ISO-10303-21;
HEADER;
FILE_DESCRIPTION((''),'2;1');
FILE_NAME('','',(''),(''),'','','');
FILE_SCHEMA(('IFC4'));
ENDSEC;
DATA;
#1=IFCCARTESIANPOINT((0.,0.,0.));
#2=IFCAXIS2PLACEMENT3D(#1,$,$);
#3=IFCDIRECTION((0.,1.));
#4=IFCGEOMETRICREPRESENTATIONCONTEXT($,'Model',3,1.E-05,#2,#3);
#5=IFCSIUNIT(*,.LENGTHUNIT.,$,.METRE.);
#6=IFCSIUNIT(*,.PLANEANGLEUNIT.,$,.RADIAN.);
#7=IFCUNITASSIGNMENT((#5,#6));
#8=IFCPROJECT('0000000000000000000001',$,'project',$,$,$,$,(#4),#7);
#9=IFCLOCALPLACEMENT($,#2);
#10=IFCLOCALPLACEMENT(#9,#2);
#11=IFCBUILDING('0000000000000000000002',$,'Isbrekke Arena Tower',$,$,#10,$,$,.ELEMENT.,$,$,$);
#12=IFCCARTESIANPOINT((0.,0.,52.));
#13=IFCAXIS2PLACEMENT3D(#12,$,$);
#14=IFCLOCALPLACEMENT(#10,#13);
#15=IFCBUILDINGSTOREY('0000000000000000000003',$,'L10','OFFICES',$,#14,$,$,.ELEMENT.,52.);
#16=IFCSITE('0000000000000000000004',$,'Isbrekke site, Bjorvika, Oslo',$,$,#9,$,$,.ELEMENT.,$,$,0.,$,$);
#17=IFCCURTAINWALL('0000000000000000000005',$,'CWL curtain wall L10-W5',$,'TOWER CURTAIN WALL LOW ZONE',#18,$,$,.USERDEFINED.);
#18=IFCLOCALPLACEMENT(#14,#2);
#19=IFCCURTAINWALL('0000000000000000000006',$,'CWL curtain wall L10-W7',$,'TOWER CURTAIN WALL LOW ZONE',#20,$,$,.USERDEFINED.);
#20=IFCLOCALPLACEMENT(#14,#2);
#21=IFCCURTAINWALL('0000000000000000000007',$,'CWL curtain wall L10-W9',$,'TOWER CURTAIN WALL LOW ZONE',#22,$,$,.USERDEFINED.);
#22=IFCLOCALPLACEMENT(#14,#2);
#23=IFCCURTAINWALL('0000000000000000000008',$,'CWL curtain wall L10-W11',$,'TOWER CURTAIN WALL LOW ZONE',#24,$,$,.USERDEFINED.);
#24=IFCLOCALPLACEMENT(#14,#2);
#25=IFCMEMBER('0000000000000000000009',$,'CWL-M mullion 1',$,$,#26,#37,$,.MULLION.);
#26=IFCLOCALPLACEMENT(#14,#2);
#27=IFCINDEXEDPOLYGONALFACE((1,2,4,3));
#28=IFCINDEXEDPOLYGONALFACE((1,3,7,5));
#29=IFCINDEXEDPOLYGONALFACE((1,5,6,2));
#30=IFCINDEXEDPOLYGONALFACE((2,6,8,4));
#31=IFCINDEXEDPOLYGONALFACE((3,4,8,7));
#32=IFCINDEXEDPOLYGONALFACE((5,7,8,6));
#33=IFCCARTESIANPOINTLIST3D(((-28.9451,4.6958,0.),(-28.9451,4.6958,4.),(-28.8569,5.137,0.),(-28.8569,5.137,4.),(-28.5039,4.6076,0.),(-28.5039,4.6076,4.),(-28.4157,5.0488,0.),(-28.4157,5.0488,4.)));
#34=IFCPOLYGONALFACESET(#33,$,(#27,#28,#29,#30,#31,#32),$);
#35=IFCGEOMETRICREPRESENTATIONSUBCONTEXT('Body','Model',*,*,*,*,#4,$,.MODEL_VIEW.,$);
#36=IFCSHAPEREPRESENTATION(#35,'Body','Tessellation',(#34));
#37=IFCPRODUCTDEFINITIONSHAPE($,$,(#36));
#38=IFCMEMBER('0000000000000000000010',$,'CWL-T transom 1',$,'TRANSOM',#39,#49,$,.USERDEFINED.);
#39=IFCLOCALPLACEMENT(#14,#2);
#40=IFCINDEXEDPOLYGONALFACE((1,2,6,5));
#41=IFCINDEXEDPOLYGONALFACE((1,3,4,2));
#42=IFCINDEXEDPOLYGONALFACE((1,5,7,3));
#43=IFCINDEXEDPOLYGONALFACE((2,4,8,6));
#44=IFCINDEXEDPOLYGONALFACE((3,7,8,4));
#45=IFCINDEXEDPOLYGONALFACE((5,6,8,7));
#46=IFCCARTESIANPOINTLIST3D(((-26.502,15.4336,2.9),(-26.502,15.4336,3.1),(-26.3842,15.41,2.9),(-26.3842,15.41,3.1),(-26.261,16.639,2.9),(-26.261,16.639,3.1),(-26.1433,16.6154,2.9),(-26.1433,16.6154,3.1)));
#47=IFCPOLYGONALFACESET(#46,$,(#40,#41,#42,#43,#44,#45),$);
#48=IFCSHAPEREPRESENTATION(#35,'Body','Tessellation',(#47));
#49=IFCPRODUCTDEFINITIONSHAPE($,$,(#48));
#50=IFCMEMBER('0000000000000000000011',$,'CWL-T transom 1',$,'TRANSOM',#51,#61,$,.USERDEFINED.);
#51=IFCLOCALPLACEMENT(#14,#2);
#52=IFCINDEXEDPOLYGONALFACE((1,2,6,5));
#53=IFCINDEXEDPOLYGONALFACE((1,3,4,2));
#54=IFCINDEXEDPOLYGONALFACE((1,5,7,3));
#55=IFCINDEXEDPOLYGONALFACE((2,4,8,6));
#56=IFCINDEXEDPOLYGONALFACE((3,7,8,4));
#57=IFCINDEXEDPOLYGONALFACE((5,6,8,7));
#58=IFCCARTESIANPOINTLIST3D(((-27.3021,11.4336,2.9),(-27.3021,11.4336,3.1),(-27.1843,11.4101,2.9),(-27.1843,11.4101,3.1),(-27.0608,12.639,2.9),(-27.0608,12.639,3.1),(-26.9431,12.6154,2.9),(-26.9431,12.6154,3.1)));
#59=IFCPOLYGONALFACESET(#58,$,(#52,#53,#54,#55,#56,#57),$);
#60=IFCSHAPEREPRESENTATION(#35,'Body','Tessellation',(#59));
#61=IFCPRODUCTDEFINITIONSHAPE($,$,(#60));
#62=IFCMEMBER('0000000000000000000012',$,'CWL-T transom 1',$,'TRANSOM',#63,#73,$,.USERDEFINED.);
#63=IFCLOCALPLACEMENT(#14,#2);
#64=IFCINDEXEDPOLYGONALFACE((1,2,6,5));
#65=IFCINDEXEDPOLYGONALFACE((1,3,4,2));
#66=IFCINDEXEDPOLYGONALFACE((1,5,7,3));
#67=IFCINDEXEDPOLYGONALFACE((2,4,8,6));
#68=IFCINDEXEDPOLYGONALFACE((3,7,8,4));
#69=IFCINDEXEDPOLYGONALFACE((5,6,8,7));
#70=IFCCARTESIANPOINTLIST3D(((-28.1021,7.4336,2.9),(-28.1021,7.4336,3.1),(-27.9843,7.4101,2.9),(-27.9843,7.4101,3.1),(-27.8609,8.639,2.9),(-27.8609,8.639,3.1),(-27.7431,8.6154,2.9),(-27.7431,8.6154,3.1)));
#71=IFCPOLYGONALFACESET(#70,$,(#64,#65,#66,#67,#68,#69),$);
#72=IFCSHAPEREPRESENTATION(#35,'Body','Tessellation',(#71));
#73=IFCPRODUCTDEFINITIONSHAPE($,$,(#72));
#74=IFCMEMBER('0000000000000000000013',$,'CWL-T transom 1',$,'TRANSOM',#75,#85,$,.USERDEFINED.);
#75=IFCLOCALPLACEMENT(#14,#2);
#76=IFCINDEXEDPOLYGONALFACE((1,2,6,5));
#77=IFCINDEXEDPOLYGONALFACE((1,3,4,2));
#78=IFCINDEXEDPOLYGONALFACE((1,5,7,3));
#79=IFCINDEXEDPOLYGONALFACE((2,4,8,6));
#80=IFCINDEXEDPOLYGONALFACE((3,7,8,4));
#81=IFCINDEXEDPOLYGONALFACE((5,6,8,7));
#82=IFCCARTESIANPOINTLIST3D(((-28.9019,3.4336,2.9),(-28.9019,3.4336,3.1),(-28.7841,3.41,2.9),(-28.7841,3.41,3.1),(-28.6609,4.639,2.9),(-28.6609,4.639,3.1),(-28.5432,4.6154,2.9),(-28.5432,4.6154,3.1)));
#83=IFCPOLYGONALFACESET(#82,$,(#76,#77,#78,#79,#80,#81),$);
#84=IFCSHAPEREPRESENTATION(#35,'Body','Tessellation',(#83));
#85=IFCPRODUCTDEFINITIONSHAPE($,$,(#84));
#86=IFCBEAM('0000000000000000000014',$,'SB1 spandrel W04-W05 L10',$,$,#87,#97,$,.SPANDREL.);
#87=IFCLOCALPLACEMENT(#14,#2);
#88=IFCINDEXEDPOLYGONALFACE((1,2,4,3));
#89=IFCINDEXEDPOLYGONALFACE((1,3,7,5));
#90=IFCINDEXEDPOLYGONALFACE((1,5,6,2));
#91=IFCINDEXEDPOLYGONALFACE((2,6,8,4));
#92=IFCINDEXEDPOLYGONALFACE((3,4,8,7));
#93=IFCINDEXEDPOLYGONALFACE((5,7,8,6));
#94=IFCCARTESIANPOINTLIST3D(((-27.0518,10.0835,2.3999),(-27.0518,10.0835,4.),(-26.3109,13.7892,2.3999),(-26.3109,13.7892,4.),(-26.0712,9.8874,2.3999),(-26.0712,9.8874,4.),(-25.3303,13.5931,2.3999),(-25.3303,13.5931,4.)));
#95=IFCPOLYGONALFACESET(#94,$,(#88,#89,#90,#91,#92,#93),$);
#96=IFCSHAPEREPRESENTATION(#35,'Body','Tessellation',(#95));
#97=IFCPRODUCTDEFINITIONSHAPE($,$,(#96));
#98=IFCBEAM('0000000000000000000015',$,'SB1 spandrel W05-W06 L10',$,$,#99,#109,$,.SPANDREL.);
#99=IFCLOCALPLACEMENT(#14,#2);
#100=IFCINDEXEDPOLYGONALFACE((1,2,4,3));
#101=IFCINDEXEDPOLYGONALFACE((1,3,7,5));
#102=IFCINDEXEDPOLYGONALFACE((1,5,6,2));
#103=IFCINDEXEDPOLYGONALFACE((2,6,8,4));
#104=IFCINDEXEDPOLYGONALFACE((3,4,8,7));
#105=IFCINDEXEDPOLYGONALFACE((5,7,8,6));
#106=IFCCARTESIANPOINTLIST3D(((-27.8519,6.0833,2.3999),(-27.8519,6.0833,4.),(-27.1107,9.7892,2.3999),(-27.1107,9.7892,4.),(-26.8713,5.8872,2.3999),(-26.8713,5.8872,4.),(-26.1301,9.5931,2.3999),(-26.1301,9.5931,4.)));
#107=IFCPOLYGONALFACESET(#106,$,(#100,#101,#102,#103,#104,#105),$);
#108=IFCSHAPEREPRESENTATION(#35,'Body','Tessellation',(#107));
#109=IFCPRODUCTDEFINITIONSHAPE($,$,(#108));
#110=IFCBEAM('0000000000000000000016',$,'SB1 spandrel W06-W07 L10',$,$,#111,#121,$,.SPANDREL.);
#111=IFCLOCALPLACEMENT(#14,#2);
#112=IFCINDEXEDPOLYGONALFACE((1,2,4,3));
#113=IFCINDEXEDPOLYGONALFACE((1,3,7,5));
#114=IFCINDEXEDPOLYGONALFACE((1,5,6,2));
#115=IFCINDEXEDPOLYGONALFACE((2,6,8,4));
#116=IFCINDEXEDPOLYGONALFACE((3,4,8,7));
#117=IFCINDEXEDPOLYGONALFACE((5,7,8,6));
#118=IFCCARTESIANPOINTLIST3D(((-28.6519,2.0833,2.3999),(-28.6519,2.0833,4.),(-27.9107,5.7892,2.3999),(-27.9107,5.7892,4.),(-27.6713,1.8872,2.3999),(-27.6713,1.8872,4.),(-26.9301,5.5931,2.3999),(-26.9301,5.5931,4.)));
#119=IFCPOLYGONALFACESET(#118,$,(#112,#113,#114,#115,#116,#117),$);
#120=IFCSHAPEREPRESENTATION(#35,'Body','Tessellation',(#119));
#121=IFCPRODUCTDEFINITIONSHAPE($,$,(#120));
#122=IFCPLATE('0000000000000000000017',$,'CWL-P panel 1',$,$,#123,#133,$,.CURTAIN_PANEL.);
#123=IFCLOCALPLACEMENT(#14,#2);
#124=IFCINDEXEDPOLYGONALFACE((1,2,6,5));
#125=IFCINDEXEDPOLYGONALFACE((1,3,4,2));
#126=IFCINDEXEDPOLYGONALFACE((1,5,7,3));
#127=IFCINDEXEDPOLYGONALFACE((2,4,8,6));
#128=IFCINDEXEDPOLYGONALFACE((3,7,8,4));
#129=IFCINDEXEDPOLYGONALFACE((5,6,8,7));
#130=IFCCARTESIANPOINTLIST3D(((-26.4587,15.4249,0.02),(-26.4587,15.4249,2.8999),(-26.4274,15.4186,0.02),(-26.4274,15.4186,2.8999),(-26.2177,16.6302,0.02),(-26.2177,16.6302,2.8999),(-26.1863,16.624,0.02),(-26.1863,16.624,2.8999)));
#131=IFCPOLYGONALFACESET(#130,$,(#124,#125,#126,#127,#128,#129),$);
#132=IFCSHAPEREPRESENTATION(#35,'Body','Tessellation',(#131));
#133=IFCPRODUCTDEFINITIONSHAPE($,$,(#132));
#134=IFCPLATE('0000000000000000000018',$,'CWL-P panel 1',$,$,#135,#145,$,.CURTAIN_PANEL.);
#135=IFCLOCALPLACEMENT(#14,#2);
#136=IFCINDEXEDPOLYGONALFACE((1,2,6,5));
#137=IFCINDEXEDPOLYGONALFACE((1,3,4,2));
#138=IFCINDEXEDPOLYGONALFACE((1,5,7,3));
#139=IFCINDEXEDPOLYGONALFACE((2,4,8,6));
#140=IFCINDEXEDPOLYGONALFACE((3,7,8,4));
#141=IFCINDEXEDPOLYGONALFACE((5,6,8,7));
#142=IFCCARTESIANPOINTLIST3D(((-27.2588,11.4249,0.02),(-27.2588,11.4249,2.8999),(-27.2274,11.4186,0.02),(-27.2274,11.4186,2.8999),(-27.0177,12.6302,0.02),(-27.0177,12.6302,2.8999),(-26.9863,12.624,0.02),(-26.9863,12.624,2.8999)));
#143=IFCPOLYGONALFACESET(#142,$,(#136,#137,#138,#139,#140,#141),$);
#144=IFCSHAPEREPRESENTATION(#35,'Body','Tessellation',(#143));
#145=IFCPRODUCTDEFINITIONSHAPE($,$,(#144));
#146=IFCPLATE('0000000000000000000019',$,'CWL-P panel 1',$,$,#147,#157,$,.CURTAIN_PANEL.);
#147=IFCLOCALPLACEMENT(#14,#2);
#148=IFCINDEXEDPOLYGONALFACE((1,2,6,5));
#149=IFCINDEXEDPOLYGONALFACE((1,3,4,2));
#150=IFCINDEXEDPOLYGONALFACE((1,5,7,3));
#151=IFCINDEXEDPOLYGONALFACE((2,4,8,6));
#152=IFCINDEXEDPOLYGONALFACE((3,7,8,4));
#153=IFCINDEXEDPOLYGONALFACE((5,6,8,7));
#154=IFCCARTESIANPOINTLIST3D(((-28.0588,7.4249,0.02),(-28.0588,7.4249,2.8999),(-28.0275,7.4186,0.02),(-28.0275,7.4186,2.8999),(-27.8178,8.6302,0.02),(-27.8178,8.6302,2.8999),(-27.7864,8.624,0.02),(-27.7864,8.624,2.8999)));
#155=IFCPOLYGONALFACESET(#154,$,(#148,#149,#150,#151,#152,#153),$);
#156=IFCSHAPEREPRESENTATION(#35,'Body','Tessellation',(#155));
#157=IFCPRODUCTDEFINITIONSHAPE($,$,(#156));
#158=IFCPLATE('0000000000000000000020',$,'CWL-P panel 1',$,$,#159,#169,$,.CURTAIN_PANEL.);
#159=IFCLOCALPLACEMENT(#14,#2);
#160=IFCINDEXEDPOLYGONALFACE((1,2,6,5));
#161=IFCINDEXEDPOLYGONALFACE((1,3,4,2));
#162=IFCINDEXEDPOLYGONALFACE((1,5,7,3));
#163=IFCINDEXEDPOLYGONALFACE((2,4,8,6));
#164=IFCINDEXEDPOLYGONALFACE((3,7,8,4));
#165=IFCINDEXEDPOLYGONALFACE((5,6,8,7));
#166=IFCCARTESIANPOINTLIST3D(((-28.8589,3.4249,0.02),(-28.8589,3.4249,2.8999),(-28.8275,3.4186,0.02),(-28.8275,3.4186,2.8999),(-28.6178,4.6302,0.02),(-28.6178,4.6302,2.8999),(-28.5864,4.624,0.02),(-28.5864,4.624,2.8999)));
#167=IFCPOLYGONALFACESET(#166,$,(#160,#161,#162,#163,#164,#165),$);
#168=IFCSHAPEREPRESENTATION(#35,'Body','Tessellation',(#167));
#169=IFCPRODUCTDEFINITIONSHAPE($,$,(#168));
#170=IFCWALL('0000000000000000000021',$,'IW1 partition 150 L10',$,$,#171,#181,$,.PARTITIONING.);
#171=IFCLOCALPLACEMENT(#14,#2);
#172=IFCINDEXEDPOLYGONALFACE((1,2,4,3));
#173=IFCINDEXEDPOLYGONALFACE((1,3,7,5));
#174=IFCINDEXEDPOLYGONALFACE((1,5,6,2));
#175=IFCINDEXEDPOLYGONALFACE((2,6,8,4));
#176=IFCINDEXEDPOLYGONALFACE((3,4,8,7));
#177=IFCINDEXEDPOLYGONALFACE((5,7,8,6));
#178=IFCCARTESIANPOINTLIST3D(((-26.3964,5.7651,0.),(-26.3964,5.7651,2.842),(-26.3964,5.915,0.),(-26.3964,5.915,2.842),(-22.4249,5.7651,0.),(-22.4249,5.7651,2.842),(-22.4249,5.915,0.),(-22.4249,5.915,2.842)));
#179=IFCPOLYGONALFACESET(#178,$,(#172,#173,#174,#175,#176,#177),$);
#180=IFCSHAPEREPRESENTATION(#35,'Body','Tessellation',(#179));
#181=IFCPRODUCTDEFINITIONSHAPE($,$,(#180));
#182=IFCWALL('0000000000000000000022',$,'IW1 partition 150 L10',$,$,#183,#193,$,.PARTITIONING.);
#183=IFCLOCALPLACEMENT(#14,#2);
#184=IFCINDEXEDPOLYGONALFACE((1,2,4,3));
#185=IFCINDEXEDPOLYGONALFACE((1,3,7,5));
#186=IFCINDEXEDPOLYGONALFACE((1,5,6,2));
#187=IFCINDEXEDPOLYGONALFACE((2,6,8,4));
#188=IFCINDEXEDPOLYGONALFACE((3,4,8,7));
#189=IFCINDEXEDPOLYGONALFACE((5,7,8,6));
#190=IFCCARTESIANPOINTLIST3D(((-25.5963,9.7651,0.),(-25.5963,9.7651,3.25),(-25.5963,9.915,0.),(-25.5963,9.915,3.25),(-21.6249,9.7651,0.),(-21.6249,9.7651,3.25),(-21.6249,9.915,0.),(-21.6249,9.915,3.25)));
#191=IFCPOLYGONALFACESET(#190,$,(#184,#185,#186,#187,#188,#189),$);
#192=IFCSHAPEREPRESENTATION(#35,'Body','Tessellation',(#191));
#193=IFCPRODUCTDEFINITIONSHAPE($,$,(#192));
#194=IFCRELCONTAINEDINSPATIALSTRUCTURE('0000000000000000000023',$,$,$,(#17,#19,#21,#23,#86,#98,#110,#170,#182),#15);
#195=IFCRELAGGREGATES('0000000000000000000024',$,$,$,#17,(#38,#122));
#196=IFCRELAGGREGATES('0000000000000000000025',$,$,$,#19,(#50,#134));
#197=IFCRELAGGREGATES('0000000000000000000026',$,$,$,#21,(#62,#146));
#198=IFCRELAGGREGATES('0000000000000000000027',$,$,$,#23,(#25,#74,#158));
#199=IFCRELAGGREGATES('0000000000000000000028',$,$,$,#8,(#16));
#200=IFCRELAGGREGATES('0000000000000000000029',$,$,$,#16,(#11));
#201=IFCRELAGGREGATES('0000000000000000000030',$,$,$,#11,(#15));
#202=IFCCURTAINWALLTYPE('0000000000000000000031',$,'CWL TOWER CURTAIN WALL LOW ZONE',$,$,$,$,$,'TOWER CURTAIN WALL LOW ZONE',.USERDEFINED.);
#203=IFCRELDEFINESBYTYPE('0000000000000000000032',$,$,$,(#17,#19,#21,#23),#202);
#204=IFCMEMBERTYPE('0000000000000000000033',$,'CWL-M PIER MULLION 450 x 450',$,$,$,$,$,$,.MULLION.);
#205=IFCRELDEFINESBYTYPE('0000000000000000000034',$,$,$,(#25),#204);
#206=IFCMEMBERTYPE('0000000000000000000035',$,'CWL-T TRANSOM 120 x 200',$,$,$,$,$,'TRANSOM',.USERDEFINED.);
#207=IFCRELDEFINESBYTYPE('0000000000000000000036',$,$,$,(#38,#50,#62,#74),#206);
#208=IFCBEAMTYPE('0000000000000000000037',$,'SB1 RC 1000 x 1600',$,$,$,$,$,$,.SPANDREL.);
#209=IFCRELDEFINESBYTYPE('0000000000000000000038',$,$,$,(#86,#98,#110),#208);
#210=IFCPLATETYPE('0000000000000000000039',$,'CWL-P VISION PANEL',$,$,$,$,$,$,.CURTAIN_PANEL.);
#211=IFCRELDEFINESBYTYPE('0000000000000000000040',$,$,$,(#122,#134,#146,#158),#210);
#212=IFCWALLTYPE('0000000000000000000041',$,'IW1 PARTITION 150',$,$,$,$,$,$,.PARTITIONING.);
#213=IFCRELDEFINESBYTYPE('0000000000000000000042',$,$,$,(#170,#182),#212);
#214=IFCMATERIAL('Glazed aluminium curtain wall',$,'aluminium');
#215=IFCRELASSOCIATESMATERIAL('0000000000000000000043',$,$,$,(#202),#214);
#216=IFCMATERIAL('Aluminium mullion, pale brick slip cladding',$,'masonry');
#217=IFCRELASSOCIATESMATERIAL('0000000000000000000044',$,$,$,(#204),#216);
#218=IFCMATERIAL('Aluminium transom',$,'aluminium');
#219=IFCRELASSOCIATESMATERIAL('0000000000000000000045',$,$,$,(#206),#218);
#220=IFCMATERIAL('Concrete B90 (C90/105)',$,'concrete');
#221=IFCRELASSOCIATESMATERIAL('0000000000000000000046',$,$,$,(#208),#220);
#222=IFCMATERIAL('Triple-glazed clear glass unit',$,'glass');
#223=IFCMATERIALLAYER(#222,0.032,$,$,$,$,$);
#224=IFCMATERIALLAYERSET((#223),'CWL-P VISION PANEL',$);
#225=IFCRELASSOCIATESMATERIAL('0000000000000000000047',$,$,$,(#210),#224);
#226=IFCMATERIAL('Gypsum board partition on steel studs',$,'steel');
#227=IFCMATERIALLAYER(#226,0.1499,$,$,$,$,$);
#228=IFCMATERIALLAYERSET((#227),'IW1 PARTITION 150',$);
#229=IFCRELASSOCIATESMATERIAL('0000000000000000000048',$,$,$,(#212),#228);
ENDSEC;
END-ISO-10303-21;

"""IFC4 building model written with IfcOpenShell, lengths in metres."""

from ifc_helpers import new_model, si_unit, direction, frame, frame_2d, origin, origin_2d, place, context, subcontext, project, spatial, rectangle, extrude, material, layer, layer_set, material_profile, profile_set, type_object, element, aggregate, save


model = new_model("IFC4")

# Units and contexts
model_context = context("Model", 3, precision=1e-05, world=origin(), true_north=direction((0.0, 1.0)))
body_context = subcontext(model_context, "Body", "Model", "MODEL_VIEW")
ifc_project = project(units=[si_unit("LENGTHUNIT", "METRE"), si_unit("PLANEANGLEUNIT", "RADIAN")], contexts=[model_context])

# Site, building, storey
site_placement = place(None, origin())
site = spatial("IfcSite", under=ifc_project, at=site_placement, Name="Isbrekke site, Bjorvika, Oslo", CompositionType="ELEMENT", RefElevation=0.0)
building_placement = place(site_placement, origin())
building = spatial("IfcBuilding", under=site, at=building_placement, Name="Isbrekke Arena Tower", CompositionType="ELEMENT")
storey_placement = place(building_placement, frame((0.0, 0.0, 52.0)))
storey = spatial("IfcBuildingStorey", under=building, at=storey_placement, Name="L10", Description="OFFICES", CompositionType="ELEMENT", Elevation=52.0)

# Curtain wall
ifc_material_1 = material(Name="Glazed aluminium curtain wall", Category="aluminium")
curtain_wall_type = type_object("IfcCurtainWallType", Name="CWL TOWER CURTAIN WALL LOW ZONE", ElementType="TOWER CURTAIN WALL LOW ZONE", PredefinedType="USERDEFINED", material=ifc_material_1)
curtain_wall_1_placement = place(storey_placement, origin())
curtain_wall_1 = element("IfcCurtainWall", 1, at=curtain_wall_1_placement, inside=storey, type_object=curtain_wall_type, Name="CWL curtain wall L10-W5", ObjectType="TOWER CURTAIN WALL LOW ZONE", PredefinedType="USERDEFINED")
ifc_material_2 = material(Name="Aluminium mullion, pale brick slip cladding", Category="masonry")
ifc_material_profile_1 = material_profile(ifc_material_2, rectangle(XDim=0.45, YDim=0.45, at=origin_2d()), Name="PIER 450X450")
ifc_profile_set_1 = profile_set([ifc_material_profile_1], Name="Aluminium mullion, pale brick slip cladding")
member_type_1 = type_object("IfcMemberType", Name="CWL-M PIER MULLION 450 x 450", PredefinedType="MULLION", material=ifc_profile_set_1)

# Curtain walls
curtain_wall_2_placement = place(storey_placement, origin())
curtain_wall_2 = element("IfcCurtainWall", 2, at=curtain_wall_2_placement, inside=storey, type_object=curtain_wall_type, Name="CWL curtain wall L10-W7", ObjectType="TOWER CURTAIN WALL LOW ZONE", PredefinedType="USERDEFINED")
curtain_wall_3_placement = place(storey_placement, origin())
curtain_wall_3 = element("IfcCurtainWall", 3, at=curtain_wall_3_placement, inside=storey, type_object=curtain_wall_type, Name="CWL curtain wall L10-W9", ObjectType="TOWER CURTAIN WALL LOW ZONE", PredefinedType="USERDEFINED")

# Curtain wall, member
curtain_wall_4_placement = place(storey_placement, origin())
curtain_wall_4 = element("IfcCurtainWall", 4, at=curtain_wall_4_placement, inside=storey, type_object=curtain_wall_type, Name="CWL curtain wall L10-W11", ObjectType="TOWER CURTAIN WALL LOW ZONE", PredefinedType="USERDEFINED")
member_1_placement = place(storey_placement, frame((-28.6804, 4.8723, 0.0), z_axis=(0.0, 0.0, 1.0), x_axis=(-0.196116, -0.980581, 0.0)))
member_1 = element("IfcMember", 5, at=member_1_placement, type_object=member_type_1, Name="CWL-M mullion 1", PredefinedType="MULLION", context=body_context, shape_type="SweptSolid", body=[
    extrude(rectangle(XDim=0.45, YDim=0.45, at=origin_2d()), origin(), (0.0, 0.0, 1.0), 4.0),
])

# Members
ifc_material_3 = material(Name="Aluminium transom", Category="aluminium")
ifc_material_profile_2 = material_profile(ifc_material_3, rectangle(XDim=0.1201, YDim=0.2, at=origin_2d()), Name="TRANSOM 120X200")
ifc_profile_set_2 = profile_set([ifc_material_profile_2], Name="Aluminium transom")
member_type_2 = type_object("IfcMemberType", Name="CWL-T TRANSOM 120 x 200", ElementType="TRANSOM", PredefinedType="USERDEFINED", material=ifc_profile_set_2)
member_2_placement = place(storey_placement, frame((-26.2021, 16.6272, 3.0), z_axis=(-0.19604, -0.980596, 0.0), x_axis=(0.980596, -0.19604, 0.0)))
member_2 = element("IfcMember", 6, at=member_2_placement, type_object=member_type_2, Name="CWL-T transom 1", ObjectType="TRANSOM", PredefinedType="USERDEFINED", context=body_context, shape_type="SweptSolid", body=[
    extrude(rectangle(XDim=0.1201, YDim=0.2, at=origin_2d()), origin(), (0.0, 0.0, 1.0), 1.2292),
])
member_3_placement = place(storey_placement, frame((-27.002, 12.6272, 3.0), z_axis=(-0.196231, -0.980558, 0.0), x_axis=(0.980558, -0.196231, 0.0)))
member_3 = element("IfcMember", 7, at=member_3_placement, type_object=member_type_2, Name="CWL-T transom 1", ObjectType="TRANSOM", PredefinedType="USERDEFINED", context=body_context, shape_type="SweptSolid", body=[
    extrude(rectangle(XDim=0.1201, YDim=0.2, at=origin_2d()), origin(), (0.0, 0.0, 1.0), 1.2292),
])
member_4_placement = place(storey_placement, frame((-27.802, 8.6272, 3.0), z_axis=(-0.196231, -0.980558, 0.0), x_axis=(0.980558, -0.196231, 0.0)))
member_4 = element("IfcMember", 8, at=member_4_placement, type_object=member_type_2, Name="CWL-T transom 1", ObjectType="TRANSOM", PredefinedType="USERDEFINED", context=body_context, shape_type="SweptSolid", body=[
    extrude(rectangle(XDim=0.1201, YDim=0.2, at=origin_2d()), origin(), (0.0, 0.0, 1.0), 1.2292),
])
member_5_placement = place(storey_placement, frame((-28.6021, 4.6272, 3.0), z_axis=(-0.19604, -0.980596, 0.0), x_axis=(0.980596, -0.19604, 0.0)))
member_5 = element("IfcMember", 9, at=member_5_placement, type_object=member_type_2, Name="CWL-T transom 1", ObjectType="TRANSOM", PredefinedType="USERDEFINED", context=body_context, shape_type="SweptSolid", body=[
    extrude(rectangle(XDim=0.1201, YDim=0.2, at=origin_2d()), origin(), (0.0, 0.0, 1.0), 1.2292),
])

# Beams
ifc_material_4 = material(Name="Concrete B90 (C90/105)", Category="concrete")
ifc_material_profile_3 = material_profile(ifc_material_4, rectangle(XDim=1.0, YDim=1.6001, at=origin_2d()), Name="RC 1000x1600")
ifc_profile_set_3 = profile_set([ifc_material_profile_3], Name="Concrete B90 (C90/105)")
beam_type_1 = type_object("IfcBeamType", Name="SB1 RC 1000 x 1600", PredefinedType="SPANDREL", material=ifc_profile_set_3)
beam_1_placement = place(storey_placement, frame((-25.8206, 13.6912, 3.2), z_axis=(-0.196066, -0.980591, 0.0), x_axis=(0.980591, -0.196066, 0.0)))
element("IfcBeam", 10, at=beam_1_placement, inside=storey, type_object=beam_type_1, Name="SB1 spandrel W04-W05 L10", PredefinedType="SPANDREL", context=body_context, shape_type="SweptSolid", body=[
    extrude(rectangle(XDim=1.0, YDim=1.6001, at=origin_2d()), origin(), (0.0, 0.0, 1.0), 3.7791),
])
for number, where, z_axis, x_axis, name in (
    (11, (-26.6204, 9.6912, 3.2), (-0.196129, -0.980578, 0.0), (0.980578, -0.196129, 0.0), "SB1 spandrel W05-W06 L10"),
    (12, (-27.4204, 5.6912, 3.2), (-0.196129, -0.980578, 0.0), (0.980578, -0.196129, 0.0), "SB1 spandrel W06-W07 L10"),
):
    element("IfcBeam", number, at=place(storey_placement, frame(where, z_axis=z_axis, x_axis=x_axis)), inside=storey, type_object=beam_type_1, Name=name, PredefinedType="SPANDREL", context=body_context, shape_type="SweptSolid", body=[
        extrude(rectangle(XDim=1.0, YDim=1.6001, at=origin_2d()), origin(), (0.0, 0.0, 1.0), 3.7793),
    ])

# Plates
ifc_material_5 = material(Name="Triple-glazed clear glass unit", Category="glass")
ifc_layer_1 = layer(ifc_material_5, 0.032)
ifc_layer_set_1 = layer_set([ifc_layer_1], Name="CWL-P VISION PANEL")
plate_type = type_object("IfcPlateType", Name="CWL-P VISION PANEL", PredefinedType="CURTAIN_PANEL", material=ifc_layer_set_1)
plate_1_placement = place(storey_placement, frame((-26.3225, 16.0244, 0.02), z_axis=(0.0, 0.0, 1.0), x_axis=(-0.196116, -0.980581, 0.0)))
plate_1 = element("IfcPlate", 13, at=plate_1_placement, type_object=plate_type, Name="CWL-P panel 1", PredefinedType="CURTAIN_PANEL", context=body_context, shape_type="SweptSolid", body=[
    extrude(rectangle(XDim=1.2292, YDim=0.032, at=origin_2d()), origin(), (0.0, 0.0, 1.0), 2.8799),
])
aggregate(curtain_wall_1, [member_2, plate_1])
plate_2_placement = place(storey_placement, frame((-27.1226, 12.0244, 0.02), z_axis=(0.0, 0.0, 1.0), x_axis=(-0.196116, -0.980581, 0.0)))
plate_2 = element("IfcPlate", 14, at=plate_2_placement, type_object=plate_type, Name="CWL-P panel 1", PredefinedType="CURTAIN_PANEL", context=body_context, shape_type="SweptSolid", body=[
    extrude(rectangle(XDim=1.2292, YDim=0.032, at=origin_2d()), origin(), (0.0, 0.0, 1.0), 2.8799),
])
aggregate(curtain_wall_2, [member_3, plate_2])
plate_3_placement = place(storey_placement, frame((-27.9226, 8.0244, 0.02), z_axis=(0.0, 0.0, 1.0), x_axis=(-0.196116, -0.980581, 0.0)))
plate_3 = element("IfcPlate", 15, at=plate_3_placement, type_object=plate_type, Name="CWL-P panel 1", PredefinedType="CURTAIN_PANEL", context=body_context, shape_type="SweptSolid", body=[
    extrude(rectangle(XDim=1.2292, YDim=0.032, at=origin_2d()), origin(), (0.0, 0.0, 1.0), 2.8799),
])
aggregate(curtain_wall_3, [member_4, plate_3])
plate_4_placement = place(storey_placement, frame((-28.7227, 4.0244, 0.02), z_axis=(0.0, 0.0, 1.0), x_axis=(-0.196116, -0.980581, 0.0)))
plate_4 = element("IfcPlate", 16, at=plate_4_placement, type_object=plate_type, Name="CWL-P panel 1", PredefinedType="CURTAIN_PANEL", context=body_context, shape_type="SweptSolid", body=[
    extrude(rectangle(XDim=1.2292, YDim=0.032, at=origin_2d()), origin(), (0.0, 0.0, 1.0), 2.8799),
])
aggregate(curtain_wall_4, [member_1, member_5, plate_4])

# Walls
ifc_material_6 = material(Name="Gypsum board partition on steel studs", Category="steel")
ifc_layer_2 = layer(ifc_material_6, 0.1499)
ifc_layer_set_2 = layer_set([ifc_layer_2], Name="IW1 PARTITION 150")
wall_type = type_object("IfcWallType", Name="IW1 PARTITION 150", PredefinedType="PARTITIONING", material=ifc_layer_set_2)
wall_1_placement = place(storey_placement, frame((-26.3965, 5.8401, 0.0), z_axis=(0.0, 0.0, 1.0), x_axis=(1.0, 0.0, 0.0)))
element("IfcWall", 17, at=wall_1_placement, inside=storey, type_object=wall_type, Name="IW1 partition 150 L10", PredefinedType="PARTITIONING", context=body_context, shape_type="SweptSolid", body=[
    extrude(rectangle(XDim=3.9714, YDim=0.1499, at=frame_2d((1.9858, 0.0))), origin(), (0.0, 0.0, 1.0), 2.842),
])
for number, where, z_axis, x_axis, name in (
    (18, (-25.5964, 9.8401, 0.0), (0.0, 0.0, 1.0), (1.0, 0.0, 0.0), "IW1 partition 150 L10"),
):
    element("IfcWall", number, at=place(storey_placement, frame(where, z_axis=z_axis, x_axis=x_axis)), inside=storey, type_object=wall_type, Name=name, PredefinedType="PARTITIONING", context=body_context, shape_type="SweptSolid", body=[
        extrude(rectangle(XDim=3.9714, YDim=0.1499, at=frame_2d((1.9858, 0.0))), origin(), (0.0, 0.0, 1.0), 3.25),
    ])

save(model, "model.ifc")
